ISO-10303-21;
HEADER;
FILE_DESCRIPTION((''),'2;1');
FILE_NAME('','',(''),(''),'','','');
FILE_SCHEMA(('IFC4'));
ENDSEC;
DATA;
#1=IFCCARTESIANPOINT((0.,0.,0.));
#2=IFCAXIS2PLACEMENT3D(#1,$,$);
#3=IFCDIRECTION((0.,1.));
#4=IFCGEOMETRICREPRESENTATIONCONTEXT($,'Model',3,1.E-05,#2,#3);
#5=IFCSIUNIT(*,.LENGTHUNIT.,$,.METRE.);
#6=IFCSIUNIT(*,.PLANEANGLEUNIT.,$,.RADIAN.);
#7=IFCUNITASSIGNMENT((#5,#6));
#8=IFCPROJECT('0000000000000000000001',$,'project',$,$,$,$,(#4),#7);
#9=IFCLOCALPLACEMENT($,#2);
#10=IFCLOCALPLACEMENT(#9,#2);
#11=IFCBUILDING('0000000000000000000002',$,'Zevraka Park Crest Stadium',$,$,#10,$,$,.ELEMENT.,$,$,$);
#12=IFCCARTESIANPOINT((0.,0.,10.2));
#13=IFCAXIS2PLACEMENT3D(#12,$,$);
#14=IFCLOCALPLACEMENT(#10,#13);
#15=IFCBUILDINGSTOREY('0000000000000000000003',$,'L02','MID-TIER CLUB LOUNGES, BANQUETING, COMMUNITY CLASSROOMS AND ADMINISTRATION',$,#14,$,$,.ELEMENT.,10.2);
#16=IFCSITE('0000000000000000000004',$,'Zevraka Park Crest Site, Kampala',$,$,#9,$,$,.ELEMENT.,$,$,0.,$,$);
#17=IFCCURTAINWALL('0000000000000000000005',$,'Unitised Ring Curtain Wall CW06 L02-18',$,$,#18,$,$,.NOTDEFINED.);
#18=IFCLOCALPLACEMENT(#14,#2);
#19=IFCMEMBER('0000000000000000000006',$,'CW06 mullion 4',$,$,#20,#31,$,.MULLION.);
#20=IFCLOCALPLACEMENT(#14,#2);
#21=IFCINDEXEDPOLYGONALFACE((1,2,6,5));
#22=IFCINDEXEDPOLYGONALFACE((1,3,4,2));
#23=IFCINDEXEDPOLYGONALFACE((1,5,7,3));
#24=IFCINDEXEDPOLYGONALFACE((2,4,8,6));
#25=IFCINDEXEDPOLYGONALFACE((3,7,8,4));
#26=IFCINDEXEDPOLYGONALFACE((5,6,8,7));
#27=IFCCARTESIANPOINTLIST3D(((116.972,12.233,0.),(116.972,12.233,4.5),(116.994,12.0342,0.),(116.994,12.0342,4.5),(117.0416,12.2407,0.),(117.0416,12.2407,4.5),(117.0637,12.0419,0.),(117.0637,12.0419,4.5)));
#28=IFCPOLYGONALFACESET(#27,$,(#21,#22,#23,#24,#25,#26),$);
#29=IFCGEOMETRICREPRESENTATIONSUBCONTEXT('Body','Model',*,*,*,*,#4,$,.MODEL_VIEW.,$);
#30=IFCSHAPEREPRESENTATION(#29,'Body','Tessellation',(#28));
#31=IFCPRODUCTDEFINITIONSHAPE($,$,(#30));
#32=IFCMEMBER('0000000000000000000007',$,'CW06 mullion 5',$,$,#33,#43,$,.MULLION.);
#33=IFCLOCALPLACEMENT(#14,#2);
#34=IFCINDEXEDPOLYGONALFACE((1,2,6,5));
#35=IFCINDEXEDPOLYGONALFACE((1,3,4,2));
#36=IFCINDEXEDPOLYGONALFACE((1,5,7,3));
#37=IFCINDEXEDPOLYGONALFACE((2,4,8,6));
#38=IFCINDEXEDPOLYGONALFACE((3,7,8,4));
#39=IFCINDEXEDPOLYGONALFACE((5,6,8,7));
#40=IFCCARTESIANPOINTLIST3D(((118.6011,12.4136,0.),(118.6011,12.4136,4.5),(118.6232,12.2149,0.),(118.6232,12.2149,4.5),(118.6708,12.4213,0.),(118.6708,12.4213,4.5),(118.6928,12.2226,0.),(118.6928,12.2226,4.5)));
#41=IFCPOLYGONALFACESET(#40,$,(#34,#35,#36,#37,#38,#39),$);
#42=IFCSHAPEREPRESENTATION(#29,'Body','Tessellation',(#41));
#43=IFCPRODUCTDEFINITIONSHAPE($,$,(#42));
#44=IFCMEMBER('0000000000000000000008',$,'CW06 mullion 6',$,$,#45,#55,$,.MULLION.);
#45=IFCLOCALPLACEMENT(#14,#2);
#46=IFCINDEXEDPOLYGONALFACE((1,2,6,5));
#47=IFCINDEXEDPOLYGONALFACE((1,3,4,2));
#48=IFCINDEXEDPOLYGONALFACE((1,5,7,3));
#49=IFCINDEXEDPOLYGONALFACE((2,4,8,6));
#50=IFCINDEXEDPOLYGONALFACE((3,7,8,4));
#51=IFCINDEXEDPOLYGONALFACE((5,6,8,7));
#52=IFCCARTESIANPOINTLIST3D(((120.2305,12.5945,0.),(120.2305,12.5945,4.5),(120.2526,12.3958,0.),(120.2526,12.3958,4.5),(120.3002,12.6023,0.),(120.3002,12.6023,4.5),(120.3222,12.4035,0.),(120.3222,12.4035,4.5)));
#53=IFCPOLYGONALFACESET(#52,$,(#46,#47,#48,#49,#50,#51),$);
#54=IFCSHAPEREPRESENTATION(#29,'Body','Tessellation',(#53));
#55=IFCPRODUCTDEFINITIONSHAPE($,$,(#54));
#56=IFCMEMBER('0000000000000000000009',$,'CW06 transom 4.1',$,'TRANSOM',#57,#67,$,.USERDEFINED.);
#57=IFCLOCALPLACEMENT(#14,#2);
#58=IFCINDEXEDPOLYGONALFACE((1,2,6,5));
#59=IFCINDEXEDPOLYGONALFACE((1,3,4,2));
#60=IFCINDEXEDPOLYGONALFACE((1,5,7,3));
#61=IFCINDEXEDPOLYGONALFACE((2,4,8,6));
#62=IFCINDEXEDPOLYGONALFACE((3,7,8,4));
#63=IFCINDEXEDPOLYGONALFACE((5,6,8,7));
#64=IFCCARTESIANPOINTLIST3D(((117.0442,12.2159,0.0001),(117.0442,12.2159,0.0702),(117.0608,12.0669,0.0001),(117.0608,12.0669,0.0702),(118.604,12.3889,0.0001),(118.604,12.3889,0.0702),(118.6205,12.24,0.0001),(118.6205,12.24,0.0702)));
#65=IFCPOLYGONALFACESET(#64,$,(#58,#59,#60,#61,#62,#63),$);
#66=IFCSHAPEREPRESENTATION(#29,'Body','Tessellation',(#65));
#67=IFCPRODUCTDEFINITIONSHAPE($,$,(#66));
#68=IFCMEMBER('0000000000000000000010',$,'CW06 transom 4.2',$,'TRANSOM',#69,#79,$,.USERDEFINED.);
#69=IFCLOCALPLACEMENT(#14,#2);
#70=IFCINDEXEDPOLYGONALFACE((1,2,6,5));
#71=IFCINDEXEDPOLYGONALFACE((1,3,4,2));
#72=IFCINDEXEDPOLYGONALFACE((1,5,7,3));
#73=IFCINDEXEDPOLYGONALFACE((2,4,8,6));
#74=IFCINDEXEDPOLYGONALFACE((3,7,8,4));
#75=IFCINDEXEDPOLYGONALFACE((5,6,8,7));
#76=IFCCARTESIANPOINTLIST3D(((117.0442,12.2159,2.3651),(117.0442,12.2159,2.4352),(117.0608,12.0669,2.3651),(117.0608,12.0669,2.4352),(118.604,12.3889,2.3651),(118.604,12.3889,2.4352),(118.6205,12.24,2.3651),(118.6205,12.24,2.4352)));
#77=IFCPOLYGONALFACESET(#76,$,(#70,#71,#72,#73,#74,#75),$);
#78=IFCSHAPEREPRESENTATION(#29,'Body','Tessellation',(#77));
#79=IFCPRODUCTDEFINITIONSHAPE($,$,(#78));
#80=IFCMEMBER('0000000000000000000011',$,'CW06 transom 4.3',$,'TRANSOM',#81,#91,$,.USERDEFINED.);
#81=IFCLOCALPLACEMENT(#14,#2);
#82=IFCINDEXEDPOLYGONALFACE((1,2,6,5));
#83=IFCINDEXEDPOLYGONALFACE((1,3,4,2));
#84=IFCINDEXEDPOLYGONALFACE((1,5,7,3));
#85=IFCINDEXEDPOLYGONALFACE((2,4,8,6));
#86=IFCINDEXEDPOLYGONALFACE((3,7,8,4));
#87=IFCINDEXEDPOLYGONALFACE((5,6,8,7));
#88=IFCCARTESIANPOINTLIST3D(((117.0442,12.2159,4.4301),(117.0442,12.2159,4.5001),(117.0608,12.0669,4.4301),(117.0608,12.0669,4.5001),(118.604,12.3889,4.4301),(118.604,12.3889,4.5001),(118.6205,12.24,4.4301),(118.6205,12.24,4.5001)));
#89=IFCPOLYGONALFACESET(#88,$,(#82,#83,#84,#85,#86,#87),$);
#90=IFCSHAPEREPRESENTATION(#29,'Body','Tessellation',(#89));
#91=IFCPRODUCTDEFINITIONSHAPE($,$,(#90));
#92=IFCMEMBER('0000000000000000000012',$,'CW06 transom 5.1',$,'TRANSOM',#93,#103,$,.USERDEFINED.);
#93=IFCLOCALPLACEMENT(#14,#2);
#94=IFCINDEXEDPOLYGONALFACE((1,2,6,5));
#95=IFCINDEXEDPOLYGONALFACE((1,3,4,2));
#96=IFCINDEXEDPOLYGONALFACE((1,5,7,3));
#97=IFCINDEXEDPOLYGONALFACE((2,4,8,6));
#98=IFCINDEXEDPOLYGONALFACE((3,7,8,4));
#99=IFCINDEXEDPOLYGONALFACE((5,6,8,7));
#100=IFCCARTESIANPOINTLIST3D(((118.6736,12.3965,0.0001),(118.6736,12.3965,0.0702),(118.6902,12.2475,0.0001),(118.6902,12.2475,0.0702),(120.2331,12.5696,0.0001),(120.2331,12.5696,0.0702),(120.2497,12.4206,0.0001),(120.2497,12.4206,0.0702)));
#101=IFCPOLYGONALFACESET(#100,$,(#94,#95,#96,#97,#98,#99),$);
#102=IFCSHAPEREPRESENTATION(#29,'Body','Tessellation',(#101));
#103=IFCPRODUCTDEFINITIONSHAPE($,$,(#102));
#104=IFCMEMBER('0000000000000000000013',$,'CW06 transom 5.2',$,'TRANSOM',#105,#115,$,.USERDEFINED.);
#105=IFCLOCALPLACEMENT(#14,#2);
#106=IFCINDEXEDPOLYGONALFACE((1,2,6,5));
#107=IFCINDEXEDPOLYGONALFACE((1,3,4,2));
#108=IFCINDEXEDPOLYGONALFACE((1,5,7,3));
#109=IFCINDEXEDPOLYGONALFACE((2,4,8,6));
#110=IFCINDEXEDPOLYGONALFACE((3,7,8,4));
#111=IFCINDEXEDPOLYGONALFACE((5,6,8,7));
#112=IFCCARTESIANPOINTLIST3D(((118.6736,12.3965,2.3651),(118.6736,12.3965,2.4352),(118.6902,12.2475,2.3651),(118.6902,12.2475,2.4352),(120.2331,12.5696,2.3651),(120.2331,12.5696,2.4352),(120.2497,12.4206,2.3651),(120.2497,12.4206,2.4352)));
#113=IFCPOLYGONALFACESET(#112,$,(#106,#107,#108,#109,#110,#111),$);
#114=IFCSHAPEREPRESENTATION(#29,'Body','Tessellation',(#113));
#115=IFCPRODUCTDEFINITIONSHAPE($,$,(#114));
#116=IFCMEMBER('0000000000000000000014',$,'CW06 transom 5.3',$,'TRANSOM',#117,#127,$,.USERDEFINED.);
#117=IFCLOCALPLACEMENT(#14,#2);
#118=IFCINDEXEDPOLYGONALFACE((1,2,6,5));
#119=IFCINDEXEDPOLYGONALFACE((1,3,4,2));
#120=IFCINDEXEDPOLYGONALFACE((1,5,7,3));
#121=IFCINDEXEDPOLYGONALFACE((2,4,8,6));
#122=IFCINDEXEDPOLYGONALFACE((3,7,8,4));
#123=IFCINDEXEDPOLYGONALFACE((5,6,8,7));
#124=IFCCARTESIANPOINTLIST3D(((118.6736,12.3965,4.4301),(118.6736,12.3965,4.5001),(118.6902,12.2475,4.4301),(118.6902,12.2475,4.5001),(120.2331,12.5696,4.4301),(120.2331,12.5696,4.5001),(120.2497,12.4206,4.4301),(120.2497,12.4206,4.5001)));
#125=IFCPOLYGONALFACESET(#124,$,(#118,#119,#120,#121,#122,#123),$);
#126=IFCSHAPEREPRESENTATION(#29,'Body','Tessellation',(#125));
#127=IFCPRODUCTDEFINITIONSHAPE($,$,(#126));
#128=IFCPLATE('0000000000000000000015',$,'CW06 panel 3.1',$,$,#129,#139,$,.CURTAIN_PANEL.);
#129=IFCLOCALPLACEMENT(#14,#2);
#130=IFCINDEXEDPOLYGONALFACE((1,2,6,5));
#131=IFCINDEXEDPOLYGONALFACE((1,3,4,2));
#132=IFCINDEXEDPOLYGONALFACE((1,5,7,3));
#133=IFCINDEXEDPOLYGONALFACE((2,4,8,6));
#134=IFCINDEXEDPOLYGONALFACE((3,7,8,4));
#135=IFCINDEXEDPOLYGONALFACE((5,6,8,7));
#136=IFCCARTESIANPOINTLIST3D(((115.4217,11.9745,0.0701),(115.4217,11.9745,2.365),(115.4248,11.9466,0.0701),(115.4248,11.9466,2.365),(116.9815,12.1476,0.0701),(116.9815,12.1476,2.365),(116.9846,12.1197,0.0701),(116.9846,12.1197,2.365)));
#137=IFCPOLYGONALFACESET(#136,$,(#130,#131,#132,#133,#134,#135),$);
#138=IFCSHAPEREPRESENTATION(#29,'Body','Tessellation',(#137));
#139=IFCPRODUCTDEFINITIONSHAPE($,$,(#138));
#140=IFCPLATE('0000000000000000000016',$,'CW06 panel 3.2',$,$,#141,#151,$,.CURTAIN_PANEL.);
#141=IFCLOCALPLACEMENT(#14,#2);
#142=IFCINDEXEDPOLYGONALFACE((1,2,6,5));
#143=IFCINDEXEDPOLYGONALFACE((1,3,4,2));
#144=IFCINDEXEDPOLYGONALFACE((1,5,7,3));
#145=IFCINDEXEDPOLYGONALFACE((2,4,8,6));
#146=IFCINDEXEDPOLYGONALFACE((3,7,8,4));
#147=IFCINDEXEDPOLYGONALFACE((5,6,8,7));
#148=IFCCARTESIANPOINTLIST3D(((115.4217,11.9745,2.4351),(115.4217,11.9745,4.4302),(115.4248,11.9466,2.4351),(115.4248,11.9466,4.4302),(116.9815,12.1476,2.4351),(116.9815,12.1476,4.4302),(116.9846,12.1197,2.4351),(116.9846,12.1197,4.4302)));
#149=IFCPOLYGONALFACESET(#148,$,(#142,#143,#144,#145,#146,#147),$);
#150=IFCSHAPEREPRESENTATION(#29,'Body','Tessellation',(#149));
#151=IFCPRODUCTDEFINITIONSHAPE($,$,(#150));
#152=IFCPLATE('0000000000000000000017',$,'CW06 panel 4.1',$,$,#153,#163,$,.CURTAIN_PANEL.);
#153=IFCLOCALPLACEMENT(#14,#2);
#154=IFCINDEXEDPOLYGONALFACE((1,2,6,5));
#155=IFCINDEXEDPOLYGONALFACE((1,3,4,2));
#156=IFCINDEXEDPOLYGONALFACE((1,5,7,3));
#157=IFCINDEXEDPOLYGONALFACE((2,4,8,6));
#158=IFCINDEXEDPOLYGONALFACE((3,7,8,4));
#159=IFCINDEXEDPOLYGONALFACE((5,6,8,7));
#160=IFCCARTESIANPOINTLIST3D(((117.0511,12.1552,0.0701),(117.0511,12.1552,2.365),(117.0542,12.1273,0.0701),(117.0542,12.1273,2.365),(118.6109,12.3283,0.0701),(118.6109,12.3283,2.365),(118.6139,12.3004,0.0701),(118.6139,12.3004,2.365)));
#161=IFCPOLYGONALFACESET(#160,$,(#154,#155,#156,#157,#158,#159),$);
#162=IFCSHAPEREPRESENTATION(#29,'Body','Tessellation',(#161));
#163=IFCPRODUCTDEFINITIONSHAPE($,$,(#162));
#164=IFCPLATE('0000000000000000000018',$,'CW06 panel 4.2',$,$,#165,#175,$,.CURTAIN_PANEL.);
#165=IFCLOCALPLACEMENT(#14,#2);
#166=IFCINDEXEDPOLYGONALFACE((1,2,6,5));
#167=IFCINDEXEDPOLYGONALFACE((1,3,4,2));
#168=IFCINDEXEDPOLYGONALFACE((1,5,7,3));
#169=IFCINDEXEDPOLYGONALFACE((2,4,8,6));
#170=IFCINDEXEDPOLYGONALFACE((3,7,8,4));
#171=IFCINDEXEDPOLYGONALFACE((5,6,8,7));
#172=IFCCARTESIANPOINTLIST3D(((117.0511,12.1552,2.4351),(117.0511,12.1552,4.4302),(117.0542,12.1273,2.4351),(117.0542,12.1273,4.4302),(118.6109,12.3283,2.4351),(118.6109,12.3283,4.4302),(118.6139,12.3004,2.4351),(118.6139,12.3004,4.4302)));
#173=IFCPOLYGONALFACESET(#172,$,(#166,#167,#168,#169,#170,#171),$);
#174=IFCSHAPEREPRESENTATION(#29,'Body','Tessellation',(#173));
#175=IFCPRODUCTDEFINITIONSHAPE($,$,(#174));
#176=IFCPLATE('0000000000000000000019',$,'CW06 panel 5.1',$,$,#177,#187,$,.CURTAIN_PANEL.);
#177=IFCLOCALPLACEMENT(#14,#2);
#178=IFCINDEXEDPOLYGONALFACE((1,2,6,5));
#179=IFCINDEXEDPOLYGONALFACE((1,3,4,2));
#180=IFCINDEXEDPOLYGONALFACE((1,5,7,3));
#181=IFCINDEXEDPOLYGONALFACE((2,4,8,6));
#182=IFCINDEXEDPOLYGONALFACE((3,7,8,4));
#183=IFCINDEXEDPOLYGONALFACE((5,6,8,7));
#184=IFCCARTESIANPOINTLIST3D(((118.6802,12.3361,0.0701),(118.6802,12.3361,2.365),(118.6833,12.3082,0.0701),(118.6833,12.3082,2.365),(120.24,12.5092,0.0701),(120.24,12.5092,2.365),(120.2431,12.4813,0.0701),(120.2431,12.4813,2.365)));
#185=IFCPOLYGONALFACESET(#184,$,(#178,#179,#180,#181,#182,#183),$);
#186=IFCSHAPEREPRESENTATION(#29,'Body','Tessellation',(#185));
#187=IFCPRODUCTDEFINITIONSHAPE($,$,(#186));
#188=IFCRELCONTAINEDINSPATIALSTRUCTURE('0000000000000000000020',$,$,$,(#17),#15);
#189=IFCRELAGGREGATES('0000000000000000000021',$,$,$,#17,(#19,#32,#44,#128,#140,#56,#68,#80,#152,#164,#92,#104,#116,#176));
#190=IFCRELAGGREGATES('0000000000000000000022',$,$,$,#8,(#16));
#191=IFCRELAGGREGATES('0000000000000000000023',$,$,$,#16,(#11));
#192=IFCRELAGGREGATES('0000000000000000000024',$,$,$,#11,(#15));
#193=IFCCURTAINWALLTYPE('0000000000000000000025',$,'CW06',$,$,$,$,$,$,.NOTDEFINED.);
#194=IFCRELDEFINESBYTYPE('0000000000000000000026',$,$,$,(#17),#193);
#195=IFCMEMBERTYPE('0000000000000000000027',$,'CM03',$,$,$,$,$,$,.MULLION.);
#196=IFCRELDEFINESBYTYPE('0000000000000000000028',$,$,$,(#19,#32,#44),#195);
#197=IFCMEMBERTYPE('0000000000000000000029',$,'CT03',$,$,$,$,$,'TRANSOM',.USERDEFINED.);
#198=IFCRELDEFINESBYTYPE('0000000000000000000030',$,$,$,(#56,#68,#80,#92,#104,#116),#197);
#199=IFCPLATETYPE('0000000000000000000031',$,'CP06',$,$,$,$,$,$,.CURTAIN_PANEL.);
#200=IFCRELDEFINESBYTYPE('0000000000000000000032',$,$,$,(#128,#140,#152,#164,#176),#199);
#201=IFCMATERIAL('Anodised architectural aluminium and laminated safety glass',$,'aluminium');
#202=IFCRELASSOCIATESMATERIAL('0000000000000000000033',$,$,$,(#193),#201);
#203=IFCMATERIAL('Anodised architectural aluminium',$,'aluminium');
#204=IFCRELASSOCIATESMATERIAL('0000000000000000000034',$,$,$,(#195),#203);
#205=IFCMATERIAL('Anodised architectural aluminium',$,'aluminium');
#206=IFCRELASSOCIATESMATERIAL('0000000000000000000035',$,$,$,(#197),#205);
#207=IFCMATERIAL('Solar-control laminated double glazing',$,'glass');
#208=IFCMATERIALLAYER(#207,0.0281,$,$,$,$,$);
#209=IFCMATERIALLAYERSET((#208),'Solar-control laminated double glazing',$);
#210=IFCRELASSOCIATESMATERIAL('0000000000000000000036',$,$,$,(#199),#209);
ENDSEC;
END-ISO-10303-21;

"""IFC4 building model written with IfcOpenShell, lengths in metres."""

from ifc_helpers import new_model, si_unit, direction, frame, origin, origin_2d, place, context, subcontext, project, spatial, rectangle, extrude, material, layer, layer_set, material_profile, profile_set, type_object, element, aggregate, save


model = new_model("IFC4")

# Units and contexts
model_context = context("Model", 3, precision=1e-05, world=origin(), true_north=direction((0.0, 1.0)))
body_context = subcontext(model_context, "Body", "Model", "MODEL_VIEW")
ifc_project = project(units=[si_unit("LENGTHUNIT", "METRE"), si_unit("PLANEANGLEUNIT", "RADIAN")], contexts=[model_context])

# Site, building, storey
site_placement = place(None, origin())
site = spatial("IfcSite", under=ifc_project, at=site_placement, Name="Zevraka Park Crest Site, Kampala", CompositionType="ELEMENT", RefElevation=0.0)
building_placement = place(site_placement, origin())
building = spatial("IfcBuilding", under=site, at=building_placement, Name="Zevraka Park Crest Stadium", CompositionType="ELEMENT")
storey_placement = place(building_placement, frame((0.0, 0.0, 10.2)))
storey = spatial("IfcBuildingStorey", under=building, at=storey_placement, Name="L02", Description="MID-TIER CLUB LOUNGES, BANQUETING, COMMUNITY CLASSROOMS AND ADMINISTRATION", CompositionType="ELEMENT", Elevation=10.2)

# Curtain wall, members, plates
ifc_material_1 = material(Name="Anodised architectural aluminium and laminated safety glass", Category="aluminium")
curtain_wall_type = type_object("IfcCurtainWallType", Name="CW06", PredefinedType="NOTDEFINED", material=ifc_material_1)
curtain_wall_placement = place(storey_placement, origin())
curtain_wall = element("IfcCurtainWall", 1, at=curtain_wall_placement, inside=storey, type_object=curtain_wall_type, Name="Unitised Ring Curtain Wall CW06 L02-18", PredefinedType="NOTDEFINED")
ifc_material_2 = material(Name="Anodised architectural aluminium", Category="aluminium")
ifc_material_profile_1 = material_profile(ifc_material_2, rectangle(XDim=0.2, YDim=0.0701, at=origin_2d()), Name="ALU MULLION 200x70")
ifc_profile_set_1 = profile_set([ifc_material_profile_1], Name="Anodised architectural aluminium")
member_type_1 = type_object("IfcMemberType", Name="CM03", PredefinedType="MULLION", material=ifc_profile_set_1)
member_1_placement = place(storey_placement, frame((117.0178, 12.1375, 0.0), z_axis=(0.0, 0.0, 1.0), x_axis=(-0.110293, 0.993899, 0.0)))
member_1 = element("IfcMember", 2, at=member_1_placement, type_object=member_type_1, Name="CW06 mullion 4", PredefinedType="MULLION", context=body_context, shape_type="SweptSolid", body=[
    extrude(rectangle(XDim=0.2, YDim=0.0701, at=origin_2d()), origin(), (0.0, 0.0, 1.0), 4.5),
])
member_2_placement = place(storey_placement, frame((118.647, 12.3181, 0.0), z_axis=(0.0, 0.0, 1.0), x_axis=(-0.110293, 0.993899, 0.0)))
member_2 = element("IfcMember", 3, at=member_2_placement, type_object=member_type_1, Name="CW06 mullion 5", PredefinedType="MULLION", context=body_context, shape_type="SweptSolid", body=[
    extrude(rectangle(XDim=0.2, YDim=0.0701, at=origin_2d()), origin(), (0.0, 0.0, 1.0), 4.5),
])
member_3_placement = place(storey_placement, frame((120.2764, 12.499, 0.0), z_axis=(0.0, 0.0, 1.0), x_axis=(-0.110293, 0.993899, 0.0)))
member_3 = element("IfcMember", 4, at=member_3_placement, type_object=member_type_1, Name="CW06 mullion 6", PredefinedType="MULLION", context=body_context, shape_type="SweptSolid", body=[
    extrude(rectangle(XDim=0.2, YDim=0.0701, at=origin_2d()), origin(), (0.0, 0.0, 1.0), 4.5),
])
ifc_material_3 = material(Name="Anodised architectural aluminium", Category="aluminium")
ifc_material_profile_2 = material_profile(ifc_material_3, rectangle(XDim=0.1499, YDim=0.0701, at=origin_2d()), Name="ALU TRANSOM 150x70")
ifc_profile_set_2 = profile_set([ifc_material_profile_2], Name="Anodised architectural aluminium")
member_type_2 = type_object("IfcMemberType", Name="CT03", ElementType="TRANSOM", PredefinedType="USERDEFINED", material=ifc_profile_set_2)
member_4_placement = place(storey_placement, frame((117.0525, 12.1414, 0.0352), z_axis=(0.993899, 0.110295, 0.0), x_axis=(-0.110295, 0.993899, 0.0)))
member_4 = element("IfcMember", 5, at=member_4_placement, type_object=member_type_2, Name="CW06 transom 4.1", ObjectType="TRANSOM", PredefinedType="USERDEFINED", context=body_context, shape_type="SweptSolid", body=[
    extrude(rectangle(XDim=0.1499, YDim=0.0701, at=origin_2d()), origin(), (0.0, 0.0, 1.0), 1.5693),
])
member_5_placement = place(storey_placement, frame((117.0525, 12.1414, 2.4001), z_axis=(0.993899, 0.110295, 0.0), x_axis=(-0.110295, 0.993899, 0.0)))
member_5 = element("IfcMember", 6, at=member_5_placement, type_object=member_type_2, Name="CW06 transom 4.2", ObjectType="TRANSOM", PredefinedType="USERDEFINED", context=body_context, shape_type="SweptSolid", body=[
    extrude(rectangle(XDim=0.1499, YDim=0.0701, at=origin_2d()), origin(), (0.0, 0.0, 1.0), 1.5693),
])
member_6_placement = place(storey_placement, frame((117.0525, 12.1414, 4.4651), z_axis=(0.993899, 0.110295, 0.0), x_axis=(-0.110295, 0.993899, 0.0)))
member_6 = element("IfcMember", 7, at=member_6_placement, type_object=member_type_2, Name="CW06 transom 4.3", ObjectType="TRANSOM", PredefinedType="USERDEFINED", context=body_context, shape_type="SweptSolid", body=[
    extrude(rectangle(XDim=0.1499, YDim=0.0701, at=origin_2d()), origin(), (0.0, 0.0, 1.0), 1.5693),
])
member_7_placement = place(storey_placement, frame((118.6819, 12.322, 0.0352), z_axis=(0.993897, 0.110312, 0.0), x_axis=(-0.110312, 0.993897, 0.0)))
member_7 = element("IfcMember", 8, at=member_7_placement, type_object=member_type_2, Name="CW06 transom 5.1", ObjectType="TRANSOM", PredefinedType="USERDEFINED", context=body_context, shape_type="SweptSolid", body=[
    extrude(rectangle(XDim=0.1499, YDim=0.0701, at=origin_2d()), origin(), (0.0, 0.0, 1.0), 1.5691),
])
member_8_placement = place(storey_placement, frame((118.6819, 12.322, 2.4001), z_axis=(0.993897, 0.110312, 0.0), x_axis=(-0.110312, 0.993897, 0.0)))
member_8 = element("IfcMember", 9, at=member_8_placement, type_object=member_type_2, Name="CW06 transom 5.2", ObjectType="TRANSOM", PredefinedType="USERDEFINED", context=body_context, shape_type="SweptSolid", body=[
    extrude(rectangle(XDim=0.1499, YDim=0.0701, at=origin_2d()), origin(), (0.0, 0.0, 1.0), 1.5691),
])
member_9_placement = place(storey_placement, frame((118.6819, 12.322, 4.4651), z_axis=(0.993897, 0.110312, 0.0), x_axis=(-0.110312, 0.993897, 0.0)))
member_9 = element("IfcMember", 10, at=member_9_placement, type_object=member_type_2, Name="CW06 transom 5.3", ObjectType="TRANSOM", PredefinedType="USERDEFINED", context=body_context, shape_type="SweptSolid", body=[
    extrude(rectangle(XDim=0.1499, YDim=0.0701, at=origin_2d()), origin(), (0.0, 0.0, 1.0), 1.5691),
])
ifc_material_4 = material(Name="Solar-control laminated double glazing", Category="glass")
ifc_layer_1 = layer(ifc_material_4, 0.0281)
ifc_layer_set_1 = layer_set([ifc_layer_1], Name="Solar-control laminated double glazing")
plate_type = type_object("IfcPlateType", Name="CP06", PredefinedType="CURTAIN_PANEL", material=ifc_layer_set_1)
plate_1_placement = place(storey_placement, frame((116.2031, 12.0471, 0.0701), z_axis=(0.0, 0.0, 1.0), x_axis=(0.993899, 0.110293, 0.0)))
plate_1 = element("IfcPlate", 11, at=plate_1_placement, type_object=plate_type, Name="CW06 panel 3.1", PredefinedType="CURTAIN_PANEL", context=body_context, shape_type="SweptSolid", body=[
    extrude(rectangle(XDim=1.5693, YDim=0.0281, at=origin_2d()), origin(), (0.0, 0.0, 1.0), 2.2949),
])
plate_2_placement = place(storey_placement, frame((116.2031, 12.0471, 2.4351), z_axis=(0.0, 0.0, 1.0), x_axis=(0.993899, 0.110293, 0.0)))
plate_2 = element("IfcPlate", 12, at=plate_2_placement, type_object=plate_type, Name="CW06 panel 3.2", PredefinedType="CURTAIN_PANEL", context=body_context, shape_type="SweptSolid", body=[
    extrude(rectangle(XDim=1.5693, YDim=0.0281, at=origin_2d()), origin(), (0.0, 0.0, 1.0), 1.9951),
])
plate_3_placement = place(storey_placement, frame((117.8325, 12.2278, 0.0701), z_axis=(0.0, 0.0, 1.0), x_axis=(0.993899, 0.110293, 0.0)))
plate_3 = element("IfcPlate", 13, at=plate_3_placement, type_object=plate_type, Name="CW06 panel 4.1", PredefinedType="CURTAIN_PANEL", context=body_context, shape_type="SweptSolid", body=[
    extrude(rectangle(XDim=1.5693, YDim=0.0281, at=origin_2d()), origin(), (0.0, 0.0, 1.0), 2.2949),
])
plate_4_placement = place(storey_placement, frame((117.8325, 12.2278, 2.4351), z_axis=(0.0, 0.0, 1.0), x_axis=(0.993899, 0.110293, 0.0)))
plate_4 = element("IfcPlate", 14, at=plate_4_placement, type_object=plate_type, Name="CW06 panel 4.2", PredefinedType="CURTAIN_PANEL", context=body_context, shape_type="SweptSolid", body=[
    extrude(rectangle(XDim=1.5693, YDim=0.0281, at=origin_2d()), origin(), (0.0, 0.0, 1.0), 1.9951),
])
plate_5_placement = place(storey_placement, frame((119.4617, 12.4087, 0.0701), z_axis=(0.0, 0.0, 1.0), x_axis=(0.993899, 0.110293, 0.0)))
plate_5 = element("IfcPlate", 15, at=plate_5_placement, type_object=plate_type, Name="CW06 panel 5.1", PredefinedType="CURTAIN_PANEL", context=body_context, shape_type="SweptSolid", body=[
    extrude(rectangle(XDim=1.5693, YDim=0.0281, at=origin_2d()), origin(), (0.0, 0.0, 1.0), 2.2949),
])
aggregate(curtain_wall, [member_1, member_2, member_3, plate_1, plate_2, member_4, member_5, member_6, plate_3, plate_4, member_7, member_8, member_9, plate_5])

save(model, "model.ifc")
